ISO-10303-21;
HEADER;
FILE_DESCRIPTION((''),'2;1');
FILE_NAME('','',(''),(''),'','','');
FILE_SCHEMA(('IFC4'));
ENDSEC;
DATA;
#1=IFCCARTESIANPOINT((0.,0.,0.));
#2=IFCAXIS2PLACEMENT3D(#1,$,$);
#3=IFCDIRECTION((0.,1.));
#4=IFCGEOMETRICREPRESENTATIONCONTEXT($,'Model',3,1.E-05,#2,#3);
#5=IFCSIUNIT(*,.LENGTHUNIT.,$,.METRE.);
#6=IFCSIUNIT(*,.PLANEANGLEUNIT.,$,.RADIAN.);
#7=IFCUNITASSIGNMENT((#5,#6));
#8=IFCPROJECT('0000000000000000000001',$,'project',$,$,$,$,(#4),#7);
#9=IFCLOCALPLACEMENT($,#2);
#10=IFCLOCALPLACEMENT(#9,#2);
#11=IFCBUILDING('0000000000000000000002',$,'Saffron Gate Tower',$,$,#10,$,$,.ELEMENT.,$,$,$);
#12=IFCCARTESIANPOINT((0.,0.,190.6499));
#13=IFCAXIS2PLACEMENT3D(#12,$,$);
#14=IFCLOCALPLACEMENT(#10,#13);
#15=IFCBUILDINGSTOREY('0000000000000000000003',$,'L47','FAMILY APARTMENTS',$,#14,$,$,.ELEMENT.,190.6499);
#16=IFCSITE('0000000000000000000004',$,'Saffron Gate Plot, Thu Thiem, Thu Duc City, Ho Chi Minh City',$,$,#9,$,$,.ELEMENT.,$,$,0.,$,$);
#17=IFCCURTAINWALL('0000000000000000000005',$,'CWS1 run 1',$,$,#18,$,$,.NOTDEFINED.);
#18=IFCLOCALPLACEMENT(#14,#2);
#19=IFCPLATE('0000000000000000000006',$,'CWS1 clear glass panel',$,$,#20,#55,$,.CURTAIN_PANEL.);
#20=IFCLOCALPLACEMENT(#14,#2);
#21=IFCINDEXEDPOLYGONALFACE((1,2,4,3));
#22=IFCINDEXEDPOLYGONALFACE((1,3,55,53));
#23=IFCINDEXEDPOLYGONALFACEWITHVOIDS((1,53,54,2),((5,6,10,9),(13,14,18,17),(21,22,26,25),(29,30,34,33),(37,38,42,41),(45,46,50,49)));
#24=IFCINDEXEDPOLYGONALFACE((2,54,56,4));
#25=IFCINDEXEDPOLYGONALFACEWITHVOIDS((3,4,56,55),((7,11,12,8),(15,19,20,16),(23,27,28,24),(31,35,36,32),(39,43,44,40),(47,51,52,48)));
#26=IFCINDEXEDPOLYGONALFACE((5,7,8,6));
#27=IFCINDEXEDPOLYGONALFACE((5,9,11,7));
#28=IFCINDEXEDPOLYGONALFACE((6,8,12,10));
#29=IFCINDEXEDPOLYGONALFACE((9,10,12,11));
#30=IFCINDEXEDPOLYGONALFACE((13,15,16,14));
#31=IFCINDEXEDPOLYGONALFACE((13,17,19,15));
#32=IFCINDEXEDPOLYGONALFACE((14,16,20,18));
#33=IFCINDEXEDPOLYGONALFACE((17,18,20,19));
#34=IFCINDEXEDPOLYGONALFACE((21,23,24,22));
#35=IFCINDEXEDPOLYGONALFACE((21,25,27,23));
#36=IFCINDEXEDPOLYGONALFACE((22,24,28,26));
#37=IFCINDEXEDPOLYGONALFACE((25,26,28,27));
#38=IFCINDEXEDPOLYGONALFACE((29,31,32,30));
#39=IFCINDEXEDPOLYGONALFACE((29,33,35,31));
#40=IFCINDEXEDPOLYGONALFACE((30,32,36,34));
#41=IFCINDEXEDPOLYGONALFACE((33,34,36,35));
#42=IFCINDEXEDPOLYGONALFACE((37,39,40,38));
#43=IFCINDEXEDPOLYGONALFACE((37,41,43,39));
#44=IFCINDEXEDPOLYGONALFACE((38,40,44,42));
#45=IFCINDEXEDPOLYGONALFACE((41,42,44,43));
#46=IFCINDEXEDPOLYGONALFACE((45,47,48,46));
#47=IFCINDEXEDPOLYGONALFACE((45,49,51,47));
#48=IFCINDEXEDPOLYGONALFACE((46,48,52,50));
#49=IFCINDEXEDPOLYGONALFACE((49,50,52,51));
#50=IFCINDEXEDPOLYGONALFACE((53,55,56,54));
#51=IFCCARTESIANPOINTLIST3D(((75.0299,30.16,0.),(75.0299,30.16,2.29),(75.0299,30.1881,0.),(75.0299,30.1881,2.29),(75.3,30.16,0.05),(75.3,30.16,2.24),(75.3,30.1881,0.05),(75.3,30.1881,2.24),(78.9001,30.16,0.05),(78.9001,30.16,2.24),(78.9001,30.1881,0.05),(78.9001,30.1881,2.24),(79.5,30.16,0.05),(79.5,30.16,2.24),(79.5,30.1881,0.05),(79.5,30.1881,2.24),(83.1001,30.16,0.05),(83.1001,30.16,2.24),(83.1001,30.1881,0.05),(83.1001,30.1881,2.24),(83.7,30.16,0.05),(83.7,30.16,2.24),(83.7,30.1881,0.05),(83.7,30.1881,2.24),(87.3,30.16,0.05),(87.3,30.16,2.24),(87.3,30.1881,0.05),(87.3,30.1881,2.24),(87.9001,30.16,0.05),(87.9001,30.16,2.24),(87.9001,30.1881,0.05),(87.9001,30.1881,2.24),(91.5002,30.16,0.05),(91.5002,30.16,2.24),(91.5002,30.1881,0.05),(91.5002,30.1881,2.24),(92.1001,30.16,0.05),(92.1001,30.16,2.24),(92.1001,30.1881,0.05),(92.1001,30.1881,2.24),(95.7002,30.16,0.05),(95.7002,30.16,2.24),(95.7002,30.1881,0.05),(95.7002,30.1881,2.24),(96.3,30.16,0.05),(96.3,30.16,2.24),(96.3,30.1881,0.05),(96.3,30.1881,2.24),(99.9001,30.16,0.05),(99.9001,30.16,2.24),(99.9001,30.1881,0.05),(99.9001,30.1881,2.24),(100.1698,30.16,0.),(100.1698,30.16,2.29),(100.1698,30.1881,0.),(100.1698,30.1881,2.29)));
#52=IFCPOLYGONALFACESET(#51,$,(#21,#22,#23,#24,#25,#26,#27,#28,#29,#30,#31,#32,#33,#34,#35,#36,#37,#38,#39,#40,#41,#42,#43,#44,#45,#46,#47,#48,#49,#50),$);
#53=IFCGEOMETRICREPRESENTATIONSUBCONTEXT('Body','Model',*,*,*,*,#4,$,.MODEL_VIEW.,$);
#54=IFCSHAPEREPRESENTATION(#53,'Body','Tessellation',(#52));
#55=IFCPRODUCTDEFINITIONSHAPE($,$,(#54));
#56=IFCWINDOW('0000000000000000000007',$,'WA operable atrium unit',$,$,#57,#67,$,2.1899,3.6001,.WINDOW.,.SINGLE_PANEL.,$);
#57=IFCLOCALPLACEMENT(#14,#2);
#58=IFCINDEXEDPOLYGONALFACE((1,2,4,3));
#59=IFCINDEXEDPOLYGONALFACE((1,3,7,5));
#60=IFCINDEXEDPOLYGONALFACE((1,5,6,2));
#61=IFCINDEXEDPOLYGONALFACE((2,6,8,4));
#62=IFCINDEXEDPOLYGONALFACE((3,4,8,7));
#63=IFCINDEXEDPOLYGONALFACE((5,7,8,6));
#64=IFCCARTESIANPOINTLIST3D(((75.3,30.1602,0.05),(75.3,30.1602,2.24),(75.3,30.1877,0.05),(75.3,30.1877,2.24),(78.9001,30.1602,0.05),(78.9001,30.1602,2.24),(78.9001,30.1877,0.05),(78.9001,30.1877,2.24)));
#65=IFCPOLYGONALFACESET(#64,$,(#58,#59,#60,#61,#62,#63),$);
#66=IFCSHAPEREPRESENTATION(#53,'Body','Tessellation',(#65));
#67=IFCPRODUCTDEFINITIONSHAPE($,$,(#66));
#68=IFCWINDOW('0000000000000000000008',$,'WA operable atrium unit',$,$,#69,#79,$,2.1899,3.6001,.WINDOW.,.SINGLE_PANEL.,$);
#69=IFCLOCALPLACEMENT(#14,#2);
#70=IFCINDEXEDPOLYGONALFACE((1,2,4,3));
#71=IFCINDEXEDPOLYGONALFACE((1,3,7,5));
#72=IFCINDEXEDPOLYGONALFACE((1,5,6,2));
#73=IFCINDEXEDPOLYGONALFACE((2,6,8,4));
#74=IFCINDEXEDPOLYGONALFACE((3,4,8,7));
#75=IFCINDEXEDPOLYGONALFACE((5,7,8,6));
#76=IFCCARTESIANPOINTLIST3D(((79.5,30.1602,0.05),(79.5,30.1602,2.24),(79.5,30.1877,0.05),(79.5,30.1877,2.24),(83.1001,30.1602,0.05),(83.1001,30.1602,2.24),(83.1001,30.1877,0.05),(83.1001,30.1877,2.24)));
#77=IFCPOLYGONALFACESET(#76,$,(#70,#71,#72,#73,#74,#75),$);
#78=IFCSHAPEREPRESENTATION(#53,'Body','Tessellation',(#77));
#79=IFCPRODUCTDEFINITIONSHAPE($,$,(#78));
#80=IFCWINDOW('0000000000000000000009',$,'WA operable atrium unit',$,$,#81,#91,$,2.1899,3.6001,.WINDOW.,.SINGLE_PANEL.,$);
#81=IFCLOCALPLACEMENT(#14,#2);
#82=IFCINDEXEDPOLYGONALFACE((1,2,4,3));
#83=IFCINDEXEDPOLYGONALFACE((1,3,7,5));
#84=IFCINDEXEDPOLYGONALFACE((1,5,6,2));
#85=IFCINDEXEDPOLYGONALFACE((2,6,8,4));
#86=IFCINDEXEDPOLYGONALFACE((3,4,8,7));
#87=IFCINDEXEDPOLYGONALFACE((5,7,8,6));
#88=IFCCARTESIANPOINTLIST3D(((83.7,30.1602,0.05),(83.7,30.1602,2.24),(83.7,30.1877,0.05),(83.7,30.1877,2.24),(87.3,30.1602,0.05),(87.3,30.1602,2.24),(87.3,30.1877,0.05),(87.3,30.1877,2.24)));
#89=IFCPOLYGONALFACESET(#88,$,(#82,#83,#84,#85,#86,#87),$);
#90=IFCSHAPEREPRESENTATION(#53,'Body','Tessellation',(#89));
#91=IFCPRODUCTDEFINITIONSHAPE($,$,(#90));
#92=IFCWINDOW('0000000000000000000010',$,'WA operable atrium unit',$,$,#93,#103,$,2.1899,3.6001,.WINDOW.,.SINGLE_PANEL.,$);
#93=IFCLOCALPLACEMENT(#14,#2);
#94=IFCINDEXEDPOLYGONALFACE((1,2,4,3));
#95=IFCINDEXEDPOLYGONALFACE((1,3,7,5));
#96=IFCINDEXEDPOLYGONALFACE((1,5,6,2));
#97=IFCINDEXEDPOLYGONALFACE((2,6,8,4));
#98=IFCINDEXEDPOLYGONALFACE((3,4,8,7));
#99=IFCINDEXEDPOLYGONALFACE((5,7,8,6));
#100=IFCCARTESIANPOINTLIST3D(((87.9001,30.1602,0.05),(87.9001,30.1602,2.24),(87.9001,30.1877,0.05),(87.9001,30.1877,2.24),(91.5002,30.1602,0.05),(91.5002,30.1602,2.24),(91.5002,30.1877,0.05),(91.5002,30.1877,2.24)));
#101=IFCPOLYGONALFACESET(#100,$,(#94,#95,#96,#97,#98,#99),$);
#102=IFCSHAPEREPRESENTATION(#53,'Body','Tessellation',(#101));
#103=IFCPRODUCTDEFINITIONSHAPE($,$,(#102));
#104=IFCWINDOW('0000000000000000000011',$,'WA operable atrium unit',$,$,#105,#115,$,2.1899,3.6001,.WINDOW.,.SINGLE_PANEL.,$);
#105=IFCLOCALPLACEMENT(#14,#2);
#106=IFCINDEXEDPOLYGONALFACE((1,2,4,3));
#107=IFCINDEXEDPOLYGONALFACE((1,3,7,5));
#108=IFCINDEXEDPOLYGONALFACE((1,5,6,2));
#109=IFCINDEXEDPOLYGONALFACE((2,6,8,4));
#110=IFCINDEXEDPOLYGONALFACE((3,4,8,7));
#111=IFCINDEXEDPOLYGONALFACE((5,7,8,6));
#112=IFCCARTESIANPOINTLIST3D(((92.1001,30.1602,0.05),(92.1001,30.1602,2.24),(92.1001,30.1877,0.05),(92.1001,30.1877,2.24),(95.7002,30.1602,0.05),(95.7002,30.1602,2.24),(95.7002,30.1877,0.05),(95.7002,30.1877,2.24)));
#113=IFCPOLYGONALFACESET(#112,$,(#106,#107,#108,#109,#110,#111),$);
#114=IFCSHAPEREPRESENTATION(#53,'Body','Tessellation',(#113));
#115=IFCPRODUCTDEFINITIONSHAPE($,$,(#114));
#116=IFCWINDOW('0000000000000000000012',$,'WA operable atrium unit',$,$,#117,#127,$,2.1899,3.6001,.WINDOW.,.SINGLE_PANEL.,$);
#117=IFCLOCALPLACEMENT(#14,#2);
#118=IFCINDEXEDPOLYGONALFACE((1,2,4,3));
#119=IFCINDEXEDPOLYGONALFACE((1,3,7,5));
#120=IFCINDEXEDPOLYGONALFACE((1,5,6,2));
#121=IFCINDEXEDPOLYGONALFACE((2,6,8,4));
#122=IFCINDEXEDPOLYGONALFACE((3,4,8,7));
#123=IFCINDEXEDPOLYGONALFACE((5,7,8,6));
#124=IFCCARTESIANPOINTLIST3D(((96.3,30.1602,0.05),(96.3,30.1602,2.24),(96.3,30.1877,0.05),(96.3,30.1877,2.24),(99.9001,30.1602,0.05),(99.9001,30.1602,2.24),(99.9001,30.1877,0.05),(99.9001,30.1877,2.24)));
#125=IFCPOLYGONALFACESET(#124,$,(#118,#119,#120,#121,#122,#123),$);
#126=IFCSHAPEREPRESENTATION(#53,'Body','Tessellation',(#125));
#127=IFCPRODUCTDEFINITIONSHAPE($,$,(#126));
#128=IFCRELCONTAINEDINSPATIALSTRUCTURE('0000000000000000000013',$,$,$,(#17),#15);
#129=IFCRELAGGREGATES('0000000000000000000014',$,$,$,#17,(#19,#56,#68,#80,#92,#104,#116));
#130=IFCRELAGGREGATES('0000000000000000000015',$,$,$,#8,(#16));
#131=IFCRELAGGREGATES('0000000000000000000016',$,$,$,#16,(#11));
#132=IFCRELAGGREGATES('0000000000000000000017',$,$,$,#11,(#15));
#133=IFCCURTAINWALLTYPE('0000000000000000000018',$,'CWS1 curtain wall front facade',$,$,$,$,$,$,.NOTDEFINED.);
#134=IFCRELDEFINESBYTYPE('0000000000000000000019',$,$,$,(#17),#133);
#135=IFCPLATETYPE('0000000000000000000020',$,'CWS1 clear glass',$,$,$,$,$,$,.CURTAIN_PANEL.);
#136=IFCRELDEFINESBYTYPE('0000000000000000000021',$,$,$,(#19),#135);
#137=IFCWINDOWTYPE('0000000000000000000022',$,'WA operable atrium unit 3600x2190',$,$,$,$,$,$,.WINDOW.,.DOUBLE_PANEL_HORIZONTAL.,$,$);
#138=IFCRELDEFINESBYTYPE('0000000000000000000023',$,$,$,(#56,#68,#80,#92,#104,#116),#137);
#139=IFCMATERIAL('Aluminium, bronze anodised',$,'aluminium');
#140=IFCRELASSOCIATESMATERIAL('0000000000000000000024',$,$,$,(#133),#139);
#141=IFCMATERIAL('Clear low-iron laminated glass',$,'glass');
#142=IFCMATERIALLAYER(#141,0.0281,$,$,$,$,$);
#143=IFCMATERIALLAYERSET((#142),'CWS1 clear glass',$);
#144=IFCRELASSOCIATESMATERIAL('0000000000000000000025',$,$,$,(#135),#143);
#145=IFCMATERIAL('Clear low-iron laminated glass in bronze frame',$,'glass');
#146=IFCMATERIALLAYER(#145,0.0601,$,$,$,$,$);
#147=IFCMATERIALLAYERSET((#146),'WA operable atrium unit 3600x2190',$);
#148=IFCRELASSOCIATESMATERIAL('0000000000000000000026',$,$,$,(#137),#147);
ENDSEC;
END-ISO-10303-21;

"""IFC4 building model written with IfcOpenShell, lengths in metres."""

from ifc_helpers import new_model, si_unit, direction, frame, frame_2d, origin, place, context, subcontext, project, spatial, rectangle, extrude, material, layer, layer_set, type_object, element, fill, aggregate, save


model = new_model("IFC4")

# Units and contexts
model_context = context("Model", 3, precision=1e-05, world=origin(), true_north=direction((0.0, 1.0)))
body_context = subcontext(model_context, "Body", "Model", "MODEL_VIEW")
ifc_project = project(units=[si_unit("LENGTHUNIT", "METRE"), si_unit("PLANEANGLEUNIT", "RADIAN")], contexts=[model_context])

# Site, building, storey
site_placement = place(None, origin())
site = spatial("IfcSite", under=ifc_project, at=site_placement, Name="Saffron Gate Plot, Thu Thiem, Thu Duc City, Ho Chi Minh City", CompositionType="ELEMENT", RefElevation=0.0)
building_placement = place(site_placement, origin())
building = spatial("IfcBuilding", under=site, at=building_placement, Name="Saffron Gate Tower", CompositionType="ELEMENT")
storey_placement = place(building_placement, frame((0.0, 0.0, 190.6499)))
storey = spatial("IfcBuildingStorey", under=building, at=storey_placement, Name="L47", Description="FAMILY APARTMENTS", CompositionType="ELEMENT", Elevation=190.6499)

# Curtain wall, plate, openings, windows
ifc_material_1 = material(Name="Aluminium, bronze anodised", Category="aluminium")
curtain_wall_type = type_object("IfcCurtainWallType", Name="CWS1 curtain wall front facade", PredefinedType="NOTDEFINED", material=ifc_material_1)
curtain_wall_placement = place(storey_placement, origin())
curtain_wall = element("IfcCurtainWall", 1, at=curtain_wall_placement, inside=storey, type_object=curtain_wall_type, Name="CWS1 run 1", PredefinedType="NOTDEFINED")
ifc_material_2 = material(Name="Clear low-iron laminated glass", Category="glass")
ifc_layer_1 = layer(ifc_material_2, 0.0281)
ifc_layer_set_1 = layer_set([ifc_layer_1], Name="CWS1 clear glass")
plate_type = type_object("IfcPlateType", Name="CWS1 clear glass", PredefinedType="CURTAIN_PANEL", material=ifc_layer_set_1)
plate_placement = place(storey_placement, frame((75.03, 30.1741, 0.0), z_axis=(0.0, 0.0, 1.0), x_axis=(1.0, 0.0, 0.0)))
plate = element("IfcPlate", 2, at=plate_placement, type_object=plate_type, Name="CWS1 clear glass panel", PredefinedType="CURTAIN_PANEL", context=body_context, shape_type="SweptSolid", body=[
    extrude(rectangle(XDim=25.1399, YDim=0.0281, at=frame_2d((12.5698, 0.0))), origin(), (0.0, 0.0, 1.0), 2.29),
])
opening_1_placement = place(plate_placement, frame((0.27, 0.0, 0.05)))
opening_1 = element("IfcOpeningElement", 3, at=opening_1_placement, cuts=plate, PredefinedType="OPENING", context=body_context, shape_type="SweptSolid", body=[
    extrude(rectangle(XDim=3.6001, YDim=2.1899, at=frame_2d((1.8, 1.095))), frame((0.0, 0.0239, 0.0), z_axis=(0.0, -1.0, 0.0), x_axis=(1.0, 0.0, 0.0)), (0.0, 0.0, 1.0), 0.0481),
])
opening_2_placement = place(plate_placement, frame((4.47, 0.0, 0.05)))
opening_2 = element("IfcOpeningElement", 4, at=opening_2_placement, cuts=plate, PredefinedType="OPENING", context=body_context, shape_type="SweptSolid", body=[
    extrude(rectangle(XDim=3.6001, YDim=2.1899, at=frame_2d((1.8, 1.095))), frame((0.0, 0.0239, 0.0), z_axis=(0.0, -1.0, 0.0), x_axis=(1.0, 0.0, 0.0)), (0.0, 0.0, 1.0), 0.0481),
])
opening_3_placement = place(plate_placement, frame((8.6699, 0.0, 0.05)))
opening_3 = element("IfcOpeningElement", 5, at=opening_3_placement, cuts=plate, PredefinedType="OPENING", context=body_context, shape_type="SweptSolid", body=[
    extrude(rectangle(XDim=3.6001, YDim=2.1899, at=frame_2d((1.8, 1.095))), frame((0.0, 0.0239, 0.0), z_axis=(0.0, -1.0, 0.0), x_axis=(1.0, 0.0, 0.0)), (0.0, 0.0, 1.0), 0.0481),
])
opening_4_placement = place(plate_placement, frame((12.8701, 0.0, 0.05)))
opening_4 = element("IfcOpeningElement", 6, at=opening_4_placement, cuts=plate, PredefinedType="OPENING", context=body_context, shape_type="SweptSolid", body=[
    extrude(rectangle(XDim=3.6001, YDim=2.1899, at=frame_2d((1.8, 1.095))), frame((0.0, 0.0239, 0.0), z_axis=(0.0, -1.0, 0.0), x_axis=(1.0, 0.0, 0.0)), (0.0, 0.0, 1.0), 0.0481),
])
opening_5_placement = place(plate_placement, frame((17.0701, 0.0, 0.05)))
opening_5 = element("IfcOpeningElement", 7, at=opening_5_placement, cuts=plate, PredefinedType="OPENING", context=body_context, shape_type="SweptSolid", body=[
    extrude(rectangle(XDim=3.6001, YDim=2.1899, at=frame_2d((1.8, 1.095))), frame((0.0, 0.0239, 0.0), z_axis=(0.0, -1.0, 0.0), x_axis=(1.0, 0.0, 0.0)), (0.0, 0.0, 1.0), 0.0481),
])
opening_6_placement = place(plate_placement, frame((21.27, 0.0, 0.05)))
opening_6 = element("IfcOpeningElement", 8, at=opening_6_placement, cuts=plate, PredefinedType="OPENING", context=body_context, shape_type="SweptSolid", body=[
    extrude(rectangle(XDim=3.6001, YDim=2.1899, at=frame_2d((1.8, 1.095))), frame((0.0, 0.0239, 0.0), z_axis=(0.0, -1.0, 0.0), x_axis=(1.0, 0.0, 0.0)), (0.0, 0.0, 1.0), 0.0481),
])
ifc_material_3 = material(Name="Clear low-iron laminated glass in bronze frame", Category="glass")
ifc_layer_2 = layer(ifc_material_3, 0.0601)
ifc_layer_set_2 = layer_set([ifc_layer_2], Name="WA operable atrium unit 3600x2190")
window_type = type_object("IfcWindowType", Name="WA operable atrium unit 3600x2190", PartitioningType="DOUBLE_PANEL_HORIZONTAL", PredefinedType="WINDOW", material=ifc_layer_set_2)
window_1_placement = place(opening_1_placement, origin())
window_1 = element("IfcWindow", 9, at=window_1_placement, type_object=window_type, Name="WA operable atrium unit", OverallHeight=2.1899, OverallWidth=3.6001, PartitioningType="SINGLE_PANEL", PredefinedType="WINDOW", context=body_context, shape_type="SweptSolid", body=[
    extrude(rectangle(XDim=3.6001, YDim=2.1899, at=frame_2d((1.8, 1.095))), frame((0.0, 0.0137, 0.0), z_axis=(0.0, -1.0, 0.0), x_axis=(1.0, 0.0, 0.0)), (0.0, 0.0, 1.0), 0.0276),
])
fill(opening_1, window_1)
window_2_placement = place(opening_2_placement, origin())
window_2 = element("IfcWindow", 10, at=window_2_placement, type_object=window_type, Name="WA operable atrium unit", OverallHeight=2.1899, OverallWidth=3.6001, PartitioningType="SINGLE_PANEL", PredefinedType="WINDOW", context=body_context, shape_type="SweptSolid", body=[
    extrude(rectangle(XDim=3.6001, YDim=2.1899, at=frame_2d((1.8, 1.095))), frame((0.0, 0.0137, 0.0), z_axis=(0.0, -1.0, 0.0), x_axis=(1.0, 0.0, 0.0)), (0.0, 0.0, 1.0), 0.0276),
])
fill(opening_2, window_2)
window_3_placement = place(opening_3_placement, origin())
window_3 = element("IfcWindow", 11, at=window_3_placement, type_object=window_type, Name="WA operable atrium unit", OverallHeight=2.1899, OverallWidth=3.6001, PartitioningType="SINGLE_PANEL", PredefinedType="WINDOW", context=body_context, shape_type="SweptSolid", body=[
    extrude(rectangle(XDim=3.6001, YDim=2.1899, at=frame_2d((1.8, 1.095))), frame((0.0, 0.0137, 0.0), z_axis=(0.0, -1.0, 0.0), x_axis=(1.0, 0.0, 0.0)), (0.0, 0.0, 1.0), 0.0276),
])
fill(opening_3, window_3)
window_4_placement = place(opening_4_placement, origin())
window_4 = element("IfcWindow", 12, at=window_4_placement, type_object=window_type, Name="WA operable atrium unit", OverallHeight=2.1899, OverallWidth=3.6001, PartitioningType="SINGLE_PANEL", PredefinedType="WINDOW", context=body_context, shape_type="SweptSolid", body=[
    extrude(rectangle(XDim=3.6001, YDim=2.1899, at=frame_2d((1.8, 1.095))), frame((0.0, 0.0137, 0.0), z_axis=(0.0, -1.0, 0.0), x_axis=(1.0, 0.0, 0.0)), (0.0, 0.0, 1.0), 0.0276),
])
fill(opening_4, window_4)
window_5_placement = place(opening_5_placement, origin())
window_5 = element("IfcWindow", 13, at=window_5_placement, type_object=window_type, Name="WA operable atrium unit", OverallHeight=2.1899, OverallWidth=3.6001, PartitioningType="SINGLE_PANEL", PredefinedType="WINDOW", context=body_context, shape_type="SweptSolid", body=[
    extrude(rectangle(XDim=3.6001, YDim=2.1899, at=frame_2d((1.8, 1.095))), frame((0.0, 0.0137, 0.0), z_axis=(0.0, -1.0, 0.0), x_axis=(1.0, 0.0, 0.0)), (0.0, 0.0, 1.0), 0.0276),
])
fill(opening_5, window_5)
window_6_placement = place(opening_6_placement, origin())
window_6 = element("IfcWindow", 14, at=window_6_placement, type_object=window_type, Name="WA operable atrium unit", OverallHeight=2.1899, OverallWidth=3.6001, PartitioningType="SINGLE_PANEL", PredefinedType="WINDOW", context=body_context, shape_type="SweptSolid", body=[
    extrude(rectangle(XDim=3.6001, YDim=2.1899, at=frame_2d((1.8, 1.095))), frame((0.0, 0.0137, 0.0), z_axis=(0.0, -1.0, 0.0), x_axis=(1.0, 0.0, 0.0)), (0.0, 0.0, 1.0), 0.0276),
])
fill(opening_6, window_6)
aggregate(curtain_wall, [plate, window_1, window_2, window_3, window_4, window_5, window_6])

save(model, "model.ifc")
